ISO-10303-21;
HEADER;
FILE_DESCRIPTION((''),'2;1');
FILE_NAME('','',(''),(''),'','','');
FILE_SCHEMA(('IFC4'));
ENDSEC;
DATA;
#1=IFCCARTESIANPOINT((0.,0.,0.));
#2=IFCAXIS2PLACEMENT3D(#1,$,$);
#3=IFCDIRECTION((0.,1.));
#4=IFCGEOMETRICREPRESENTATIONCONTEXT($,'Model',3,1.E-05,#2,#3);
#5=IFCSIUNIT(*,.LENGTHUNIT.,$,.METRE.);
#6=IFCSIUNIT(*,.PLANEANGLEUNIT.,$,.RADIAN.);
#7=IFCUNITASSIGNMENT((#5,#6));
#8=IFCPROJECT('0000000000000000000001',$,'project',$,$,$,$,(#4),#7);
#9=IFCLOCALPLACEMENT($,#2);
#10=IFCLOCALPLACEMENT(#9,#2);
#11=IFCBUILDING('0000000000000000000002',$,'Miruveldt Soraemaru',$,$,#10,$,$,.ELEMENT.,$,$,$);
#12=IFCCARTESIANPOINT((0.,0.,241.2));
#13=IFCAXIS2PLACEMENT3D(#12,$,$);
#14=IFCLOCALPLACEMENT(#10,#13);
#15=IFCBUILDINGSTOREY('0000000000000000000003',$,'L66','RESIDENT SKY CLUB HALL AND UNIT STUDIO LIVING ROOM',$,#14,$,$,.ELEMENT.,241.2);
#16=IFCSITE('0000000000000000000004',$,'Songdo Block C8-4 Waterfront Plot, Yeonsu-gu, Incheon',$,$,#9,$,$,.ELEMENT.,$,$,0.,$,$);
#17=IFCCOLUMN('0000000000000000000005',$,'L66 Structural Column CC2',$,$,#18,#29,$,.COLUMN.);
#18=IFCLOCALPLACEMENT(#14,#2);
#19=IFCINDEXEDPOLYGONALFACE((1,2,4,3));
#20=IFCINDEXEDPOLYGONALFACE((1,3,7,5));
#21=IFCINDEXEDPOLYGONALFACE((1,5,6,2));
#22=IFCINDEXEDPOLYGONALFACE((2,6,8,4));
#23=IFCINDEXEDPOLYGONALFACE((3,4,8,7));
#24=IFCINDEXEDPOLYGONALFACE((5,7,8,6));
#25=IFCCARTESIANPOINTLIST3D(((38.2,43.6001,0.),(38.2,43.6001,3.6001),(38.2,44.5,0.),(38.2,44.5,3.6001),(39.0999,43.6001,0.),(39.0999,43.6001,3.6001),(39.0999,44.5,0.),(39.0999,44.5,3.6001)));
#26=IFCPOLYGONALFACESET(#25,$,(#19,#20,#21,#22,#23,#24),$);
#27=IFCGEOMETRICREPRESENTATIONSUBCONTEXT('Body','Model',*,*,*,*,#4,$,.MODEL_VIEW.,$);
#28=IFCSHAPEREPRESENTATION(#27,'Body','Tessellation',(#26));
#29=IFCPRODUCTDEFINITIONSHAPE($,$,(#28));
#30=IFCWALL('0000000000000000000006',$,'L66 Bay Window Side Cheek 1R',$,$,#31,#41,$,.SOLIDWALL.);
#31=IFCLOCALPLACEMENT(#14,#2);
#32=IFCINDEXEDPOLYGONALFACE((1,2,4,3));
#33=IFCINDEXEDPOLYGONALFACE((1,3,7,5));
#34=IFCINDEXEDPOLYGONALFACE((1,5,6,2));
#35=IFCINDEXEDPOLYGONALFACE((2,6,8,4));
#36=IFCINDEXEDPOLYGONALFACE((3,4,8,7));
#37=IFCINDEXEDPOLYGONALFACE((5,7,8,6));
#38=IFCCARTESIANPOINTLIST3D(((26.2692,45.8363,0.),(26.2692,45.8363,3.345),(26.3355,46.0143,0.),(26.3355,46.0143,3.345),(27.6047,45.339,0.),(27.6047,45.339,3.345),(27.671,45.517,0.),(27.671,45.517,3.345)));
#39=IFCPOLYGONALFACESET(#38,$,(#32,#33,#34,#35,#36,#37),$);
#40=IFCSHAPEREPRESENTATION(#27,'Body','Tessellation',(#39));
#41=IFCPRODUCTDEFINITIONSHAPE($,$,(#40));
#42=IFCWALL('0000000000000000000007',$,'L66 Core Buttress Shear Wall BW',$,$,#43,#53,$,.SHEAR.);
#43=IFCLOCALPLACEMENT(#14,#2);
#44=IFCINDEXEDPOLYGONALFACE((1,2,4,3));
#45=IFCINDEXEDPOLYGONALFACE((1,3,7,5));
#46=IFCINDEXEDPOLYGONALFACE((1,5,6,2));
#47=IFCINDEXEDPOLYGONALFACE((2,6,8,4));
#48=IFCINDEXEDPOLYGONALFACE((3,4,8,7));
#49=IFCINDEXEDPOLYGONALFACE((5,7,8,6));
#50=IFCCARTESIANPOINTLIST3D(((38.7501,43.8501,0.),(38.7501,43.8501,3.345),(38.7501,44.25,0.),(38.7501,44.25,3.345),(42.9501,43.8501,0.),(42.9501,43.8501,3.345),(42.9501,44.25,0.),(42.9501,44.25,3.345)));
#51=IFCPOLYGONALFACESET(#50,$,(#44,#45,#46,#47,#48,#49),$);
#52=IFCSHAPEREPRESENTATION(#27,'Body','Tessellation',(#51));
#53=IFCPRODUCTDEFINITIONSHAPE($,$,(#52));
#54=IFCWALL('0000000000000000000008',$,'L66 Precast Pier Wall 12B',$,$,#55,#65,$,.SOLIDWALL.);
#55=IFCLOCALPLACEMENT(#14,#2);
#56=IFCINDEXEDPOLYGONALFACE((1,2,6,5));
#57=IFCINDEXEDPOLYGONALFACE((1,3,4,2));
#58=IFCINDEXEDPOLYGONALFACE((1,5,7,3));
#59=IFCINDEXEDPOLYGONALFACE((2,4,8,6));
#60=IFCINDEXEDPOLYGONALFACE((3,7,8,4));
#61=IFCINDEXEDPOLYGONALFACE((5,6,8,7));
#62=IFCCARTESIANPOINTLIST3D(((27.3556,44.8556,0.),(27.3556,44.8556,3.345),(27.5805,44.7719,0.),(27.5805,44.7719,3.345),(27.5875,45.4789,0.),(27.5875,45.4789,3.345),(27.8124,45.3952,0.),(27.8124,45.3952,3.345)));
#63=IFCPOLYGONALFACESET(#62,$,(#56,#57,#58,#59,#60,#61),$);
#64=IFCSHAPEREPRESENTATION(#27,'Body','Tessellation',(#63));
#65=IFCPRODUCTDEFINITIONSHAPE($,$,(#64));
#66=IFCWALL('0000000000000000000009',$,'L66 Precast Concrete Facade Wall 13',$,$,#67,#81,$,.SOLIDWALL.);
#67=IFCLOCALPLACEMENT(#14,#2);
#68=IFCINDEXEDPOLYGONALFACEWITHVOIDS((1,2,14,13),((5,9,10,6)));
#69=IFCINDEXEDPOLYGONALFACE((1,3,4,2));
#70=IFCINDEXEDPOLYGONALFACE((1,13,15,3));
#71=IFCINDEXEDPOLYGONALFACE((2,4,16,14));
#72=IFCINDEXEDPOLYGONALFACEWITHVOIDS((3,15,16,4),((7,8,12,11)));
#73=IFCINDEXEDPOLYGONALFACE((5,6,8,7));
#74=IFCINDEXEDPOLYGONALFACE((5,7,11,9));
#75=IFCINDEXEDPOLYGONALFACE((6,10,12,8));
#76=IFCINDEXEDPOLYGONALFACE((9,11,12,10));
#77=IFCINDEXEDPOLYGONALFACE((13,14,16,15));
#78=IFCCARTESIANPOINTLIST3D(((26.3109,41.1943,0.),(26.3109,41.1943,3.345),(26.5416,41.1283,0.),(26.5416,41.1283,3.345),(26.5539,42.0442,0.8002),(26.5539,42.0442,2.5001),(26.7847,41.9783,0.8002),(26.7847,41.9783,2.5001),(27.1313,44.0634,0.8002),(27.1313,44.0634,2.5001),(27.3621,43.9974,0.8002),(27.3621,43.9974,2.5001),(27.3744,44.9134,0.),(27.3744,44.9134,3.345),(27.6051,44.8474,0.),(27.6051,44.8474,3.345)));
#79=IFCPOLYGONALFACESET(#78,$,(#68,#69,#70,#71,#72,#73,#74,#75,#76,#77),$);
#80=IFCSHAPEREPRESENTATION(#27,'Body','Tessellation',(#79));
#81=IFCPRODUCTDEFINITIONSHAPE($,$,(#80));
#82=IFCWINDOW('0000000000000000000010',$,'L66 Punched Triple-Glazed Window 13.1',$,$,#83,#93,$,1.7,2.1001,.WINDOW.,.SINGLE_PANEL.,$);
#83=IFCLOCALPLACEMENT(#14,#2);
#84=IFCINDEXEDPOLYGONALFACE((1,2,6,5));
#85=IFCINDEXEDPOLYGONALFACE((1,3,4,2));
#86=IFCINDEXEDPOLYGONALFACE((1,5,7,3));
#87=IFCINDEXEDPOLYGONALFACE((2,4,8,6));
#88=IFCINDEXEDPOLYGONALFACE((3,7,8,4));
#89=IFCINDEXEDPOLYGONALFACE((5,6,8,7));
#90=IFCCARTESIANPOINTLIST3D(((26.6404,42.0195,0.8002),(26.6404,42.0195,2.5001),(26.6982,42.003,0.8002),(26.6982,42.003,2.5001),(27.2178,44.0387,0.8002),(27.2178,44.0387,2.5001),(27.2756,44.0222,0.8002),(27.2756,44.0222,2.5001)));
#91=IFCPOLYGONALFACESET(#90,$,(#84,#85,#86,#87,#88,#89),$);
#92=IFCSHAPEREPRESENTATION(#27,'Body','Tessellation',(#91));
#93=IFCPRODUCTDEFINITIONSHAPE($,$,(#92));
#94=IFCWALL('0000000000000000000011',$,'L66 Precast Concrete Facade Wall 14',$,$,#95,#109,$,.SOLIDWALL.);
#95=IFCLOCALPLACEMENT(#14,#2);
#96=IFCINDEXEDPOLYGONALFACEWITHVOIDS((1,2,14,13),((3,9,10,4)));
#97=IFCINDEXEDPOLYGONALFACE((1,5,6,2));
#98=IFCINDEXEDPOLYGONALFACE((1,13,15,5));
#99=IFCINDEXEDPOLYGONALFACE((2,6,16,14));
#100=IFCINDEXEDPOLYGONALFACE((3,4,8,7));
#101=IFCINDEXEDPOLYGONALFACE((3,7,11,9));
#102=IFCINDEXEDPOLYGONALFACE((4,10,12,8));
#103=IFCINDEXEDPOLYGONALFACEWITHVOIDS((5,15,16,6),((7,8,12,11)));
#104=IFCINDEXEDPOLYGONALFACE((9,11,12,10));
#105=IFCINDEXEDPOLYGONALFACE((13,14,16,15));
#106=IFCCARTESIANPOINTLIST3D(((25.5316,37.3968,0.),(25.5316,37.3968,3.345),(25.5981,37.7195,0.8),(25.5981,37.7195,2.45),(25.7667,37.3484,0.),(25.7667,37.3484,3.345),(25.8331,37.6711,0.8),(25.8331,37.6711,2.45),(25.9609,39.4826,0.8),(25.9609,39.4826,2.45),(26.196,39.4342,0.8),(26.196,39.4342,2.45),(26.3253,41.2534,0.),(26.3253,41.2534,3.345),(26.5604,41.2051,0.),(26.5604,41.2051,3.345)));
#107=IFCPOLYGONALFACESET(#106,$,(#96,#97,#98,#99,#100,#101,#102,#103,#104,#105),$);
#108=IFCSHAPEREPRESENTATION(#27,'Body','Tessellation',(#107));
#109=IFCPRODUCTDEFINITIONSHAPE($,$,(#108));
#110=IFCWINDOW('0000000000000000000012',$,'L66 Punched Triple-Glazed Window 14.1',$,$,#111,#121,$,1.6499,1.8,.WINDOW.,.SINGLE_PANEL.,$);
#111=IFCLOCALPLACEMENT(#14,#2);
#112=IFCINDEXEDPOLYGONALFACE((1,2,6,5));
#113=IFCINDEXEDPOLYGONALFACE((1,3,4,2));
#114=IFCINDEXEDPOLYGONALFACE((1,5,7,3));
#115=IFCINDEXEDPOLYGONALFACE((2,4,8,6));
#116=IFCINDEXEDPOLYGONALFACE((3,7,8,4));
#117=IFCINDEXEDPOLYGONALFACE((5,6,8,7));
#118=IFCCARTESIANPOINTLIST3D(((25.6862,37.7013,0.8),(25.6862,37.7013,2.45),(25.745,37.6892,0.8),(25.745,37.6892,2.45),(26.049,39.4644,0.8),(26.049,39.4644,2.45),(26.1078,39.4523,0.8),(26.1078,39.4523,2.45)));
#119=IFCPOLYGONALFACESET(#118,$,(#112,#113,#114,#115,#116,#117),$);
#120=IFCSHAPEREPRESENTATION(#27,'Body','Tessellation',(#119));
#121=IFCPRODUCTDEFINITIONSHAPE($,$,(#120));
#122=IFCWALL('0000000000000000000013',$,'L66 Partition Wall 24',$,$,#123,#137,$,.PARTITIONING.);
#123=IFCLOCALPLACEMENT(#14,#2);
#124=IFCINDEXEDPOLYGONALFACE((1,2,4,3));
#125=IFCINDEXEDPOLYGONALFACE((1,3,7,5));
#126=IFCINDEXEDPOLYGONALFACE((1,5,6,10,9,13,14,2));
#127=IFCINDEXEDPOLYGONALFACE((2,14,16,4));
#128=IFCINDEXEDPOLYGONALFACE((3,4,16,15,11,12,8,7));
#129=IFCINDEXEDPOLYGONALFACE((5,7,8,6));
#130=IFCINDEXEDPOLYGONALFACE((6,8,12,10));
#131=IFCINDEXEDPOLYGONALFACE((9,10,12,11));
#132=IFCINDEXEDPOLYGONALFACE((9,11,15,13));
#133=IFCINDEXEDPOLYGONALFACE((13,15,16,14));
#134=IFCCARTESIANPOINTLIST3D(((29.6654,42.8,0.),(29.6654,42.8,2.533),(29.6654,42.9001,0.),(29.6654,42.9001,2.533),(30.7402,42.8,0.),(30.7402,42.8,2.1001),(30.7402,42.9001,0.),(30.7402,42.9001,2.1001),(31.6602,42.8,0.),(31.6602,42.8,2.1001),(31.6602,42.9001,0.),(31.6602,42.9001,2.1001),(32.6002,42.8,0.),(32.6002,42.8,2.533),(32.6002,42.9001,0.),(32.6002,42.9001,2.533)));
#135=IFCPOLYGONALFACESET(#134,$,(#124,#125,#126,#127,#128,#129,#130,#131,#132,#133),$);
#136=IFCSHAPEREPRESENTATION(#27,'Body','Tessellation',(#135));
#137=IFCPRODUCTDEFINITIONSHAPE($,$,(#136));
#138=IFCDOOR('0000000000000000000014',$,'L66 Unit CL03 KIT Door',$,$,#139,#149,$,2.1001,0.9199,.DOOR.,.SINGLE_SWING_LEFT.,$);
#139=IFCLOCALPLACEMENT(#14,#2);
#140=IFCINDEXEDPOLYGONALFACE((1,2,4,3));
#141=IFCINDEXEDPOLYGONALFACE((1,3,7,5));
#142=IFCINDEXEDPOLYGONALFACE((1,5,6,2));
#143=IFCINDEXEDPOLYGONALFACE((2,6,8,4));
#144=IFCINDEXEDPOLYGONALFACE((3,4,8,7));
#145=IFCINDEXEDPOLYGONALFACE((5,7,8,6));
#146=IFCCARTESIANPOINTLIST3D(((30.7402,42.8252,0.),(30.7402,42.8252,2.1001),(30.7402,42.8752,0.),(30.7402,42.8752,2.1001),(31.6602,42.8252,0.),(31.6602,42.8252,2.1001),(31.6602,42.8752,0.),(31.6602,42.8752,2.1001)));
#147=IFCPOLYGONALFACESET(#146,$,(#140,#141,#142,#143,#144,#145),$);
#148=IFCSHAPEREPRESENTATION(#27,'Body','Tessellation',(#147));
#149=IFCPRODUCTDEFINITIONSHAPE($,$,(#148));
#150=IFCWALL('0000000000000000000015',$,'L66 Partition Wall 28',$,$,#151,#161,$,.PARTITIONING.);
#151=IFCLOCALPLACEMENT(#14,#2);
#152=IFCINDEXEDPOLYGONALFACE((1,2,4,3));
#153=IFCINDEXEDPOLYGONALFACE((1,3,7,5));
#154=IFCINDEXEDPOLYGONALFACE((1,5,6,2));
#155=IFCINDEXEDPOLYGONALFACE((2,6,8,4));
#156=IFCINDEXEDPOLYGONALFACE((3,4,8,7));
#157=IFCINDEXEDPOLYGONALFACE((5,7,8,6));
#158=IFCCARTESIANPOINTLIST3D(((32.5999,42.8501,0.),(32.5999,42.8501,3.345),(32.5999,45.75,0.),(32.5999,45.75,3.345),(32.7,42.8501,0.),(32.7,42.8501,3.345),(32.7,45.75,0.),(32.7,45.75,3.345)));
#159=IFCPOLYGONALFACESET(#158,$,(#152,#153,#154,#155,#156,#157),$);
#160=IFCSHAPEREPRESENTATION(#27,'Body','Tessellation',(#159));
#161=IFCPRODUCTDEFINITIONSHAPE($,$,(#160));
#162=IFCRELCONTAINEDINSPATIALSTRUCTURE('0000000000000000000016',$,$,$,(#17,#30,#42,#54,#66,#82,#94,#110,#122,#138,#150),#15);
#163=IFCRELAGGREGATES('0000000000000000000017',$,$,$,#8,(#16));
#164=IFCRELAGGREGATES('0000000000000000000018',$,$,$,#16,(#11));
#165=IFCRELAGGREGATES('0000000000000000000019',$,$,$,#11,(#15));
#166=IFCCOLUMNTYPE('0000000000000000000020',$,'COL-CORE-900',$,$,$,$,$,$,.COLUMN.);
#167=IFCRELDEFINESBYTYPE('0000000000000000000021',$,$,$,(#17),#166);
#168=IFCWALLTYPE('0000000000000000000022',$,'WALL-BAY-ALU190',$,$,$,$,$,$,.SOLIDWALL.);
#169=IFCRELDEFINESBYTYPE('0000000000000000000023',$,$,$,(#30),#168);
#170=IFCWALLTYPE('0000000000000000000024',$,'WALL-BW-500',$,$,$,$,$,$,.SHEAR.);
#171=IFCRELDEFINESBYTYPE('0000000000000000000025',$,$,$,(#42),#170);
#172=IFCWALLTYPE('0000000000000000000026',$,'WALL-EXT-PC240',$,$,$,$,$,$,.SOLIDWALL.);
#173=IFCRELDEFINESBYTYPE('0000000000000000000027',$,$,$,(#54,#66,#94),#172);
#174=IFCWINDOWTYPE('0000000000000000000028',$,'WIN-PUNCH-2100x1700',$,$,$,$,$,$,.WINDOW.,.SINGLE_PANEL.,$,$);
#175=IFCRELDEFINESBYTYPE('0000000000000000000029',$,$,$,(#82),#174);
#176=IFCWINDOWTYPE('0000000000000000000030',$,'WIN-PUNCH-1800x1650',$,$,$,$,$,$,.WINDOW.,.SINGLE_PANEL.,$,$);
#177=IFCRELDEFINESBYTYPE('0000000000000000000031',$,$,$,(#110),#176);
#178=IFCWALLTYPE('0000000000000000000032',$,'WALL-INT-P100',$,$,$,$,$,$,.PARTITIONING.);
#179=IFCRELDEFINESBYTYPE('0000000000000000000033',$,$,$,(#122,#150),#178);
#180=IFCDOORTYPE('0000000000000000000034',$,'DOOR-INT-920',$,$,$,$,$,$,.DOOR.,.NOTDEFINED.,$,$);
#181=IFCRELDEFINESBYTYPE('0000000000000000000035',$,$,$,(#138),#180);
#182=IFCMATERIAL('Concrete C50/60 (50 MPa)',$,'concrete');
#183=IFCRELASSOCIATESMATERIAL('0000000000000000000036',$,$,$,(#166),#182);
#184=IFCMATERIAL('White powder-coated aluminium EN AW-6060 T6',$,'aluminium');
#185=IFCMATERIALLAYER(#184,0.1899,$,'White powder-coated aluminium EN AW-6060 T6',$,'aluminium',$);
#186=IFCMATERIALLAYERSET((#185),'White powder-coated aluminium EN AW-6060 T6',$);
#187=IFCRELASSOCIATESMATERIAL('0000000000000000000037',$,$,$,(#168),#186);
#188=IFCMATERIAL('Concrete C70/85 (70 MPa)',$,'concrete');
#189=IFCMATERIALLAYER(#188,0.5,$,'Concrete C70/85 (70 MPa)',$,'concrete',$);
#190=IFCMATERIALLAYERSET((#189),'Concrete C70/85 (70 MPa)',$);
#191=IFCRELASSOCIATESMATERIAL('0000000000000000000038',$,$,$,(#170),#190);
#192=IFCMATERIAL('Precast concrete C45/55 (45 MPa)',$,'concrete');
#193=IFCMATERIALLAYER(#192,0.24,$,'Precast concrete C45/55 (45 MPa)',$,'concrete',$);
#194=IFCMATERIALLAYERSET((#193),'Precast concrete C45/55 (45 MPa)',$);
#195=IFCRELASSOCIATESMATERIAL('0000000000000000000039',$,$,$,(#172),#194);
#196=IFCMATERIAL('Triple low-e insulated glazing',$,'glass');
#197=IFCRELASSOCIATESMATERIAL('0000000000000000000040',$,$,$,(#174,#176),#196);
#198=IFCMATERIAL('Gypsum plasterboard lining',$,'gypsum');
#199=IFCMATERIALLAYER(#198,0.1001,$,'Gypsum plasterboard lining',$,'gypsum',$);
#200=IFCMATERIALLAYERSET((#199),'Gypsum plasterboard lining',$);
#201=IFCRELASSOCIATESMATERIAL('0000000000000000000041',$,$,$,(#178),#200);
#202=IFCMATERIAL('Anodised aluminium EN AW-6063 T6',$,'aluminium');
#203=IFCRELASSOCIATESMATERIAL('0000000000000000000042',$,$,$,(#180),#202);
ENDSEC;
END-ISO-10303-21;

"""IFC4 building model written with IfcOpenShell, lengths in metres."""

from ifc_helpers import new_model, si_unit, direction, frame, frame_2d, origin, origin_2d, place, context, subcontext, project, spatial, rectangle, extrude, material, layer, layer_set, material_profile, profile_set, type_object, element, fill, save


model = new_model("IFC4")

# Units and contexts
model_context = context("Model", 3, precision=1e-05, world=origin(), true_north=direction((0.0, 1.0)))
body_context = subcontext(model_context, "Body", "Model", "MODEL_VIEW")
ifc_project = project(units=[si_unit("LENGTHUNIT", "METRE"), si_unit("PLANEANGLEUNIT", "RADIAN")], contexts=[model_context])

# Site, building, storey
site_placement = place(None, origin())
site = spatial("IfcSite", under=ifc_project, at=site_placement, Name="Songdo Block C8-4 Waterfront Plot, Yeonsu-gu, Incheon", CompositionType="ELEMENT", RefElevation=0.0)
building_placement = place(site_placement, origin())
building = spatial("IfcBuilding", under=site, at=building_placement, Name="Miruveldt Soraemaru", CompositionType="ELEMENT")
storey_placement = place(building_placement, frame((0.0, 0.0, 241.2)))
storey = spatial("IfcBuildingStorey", under=building, at=storey_placement, Name="L66", Description="RESIDENT SKY CLUB HALL AND UNIT STUDIO LIVING ROOM", CompositionType="ELEMENT", Elevation=241.2)

# Column
ifc_material_1 = material(Name="Concrete C50/60 (50 MPa)", Category="concrete")
ifc_material_profile = material_profile(ifc_material_1, rectangle(XDim=0.8999, YDim=0.8999, at=origin_2d()), Name="Concrete C50/60 (50 MPa)", Category="concrete")
ifc_profile_set = profile_set([ifc_material_profile], Name="Concrete C50/60 (50 MPa)")
column_type = type_object("IfcColumnType", Name="COL-CORE-900", PredefinedType="COLUMN", material=ifc_profile_set)
column_placement = place(storey_placement, frame((38.6499, 44.05, 0.0), z_axis=(0.0, 0.0, 1.0), x_axis=(1.0, 0.0, 0.0)))
element("IfcColumn", 1, at=column_placement, inside=storey, type_object=column_type, Name="L66 Structural Column CC2", PredefinedType="COLUMN", context=body_context, shape_type="SweptSolid", body=[
    extrude(rectangle(XDim=0.8999, YDim=0.8999, at=origin_2d()), origin(), (0.0, 0.0, 1.0), 3.6001),
])

# Walls
ifc_material_2 = material(Name="White powder-coated aluminium EN AW-6060 T6", Category="aluminium")
ifc_layer_1 = layer(ifc_material_2, 0.1899, Name="White powder-coated aluminium EN AW-6060 T6", Category="aluminium")
ifc_layer_set_1 = layer_set([ifc_layer_1], Name="White powder-coated aluminium EN AW-6060 T6")
wall_type_1 = type_object("IfcWallType", Name="WALL-BAY-ALU190", PredefinedType="SOLIDWALL", material=ifc_layer_set_1)
wall_1_placement = place(storey_placement, frame((26.3025, 45.9253, 0.0), z_axis=(0.0, 0.0, 1.0), x_axis=(0.937129, -0.348982, 0.0)))
element("IfcWall", 2, at=wall_1_placement, inside=storey, type_object=wall_type_1, Name="L66 Bay Window Side Cheek 1R", PredefinedType="SOLIDWALL", context=body_context, shape_type="SweptSolid", body=[
    extrude(rectangle(XDim=1.425, YDim=0.1899, at=frame_2d((0.7124, 0.0))), origin(), (0.0, 0.0, 1.0), 3.345),
])
ifc_material_3 = material(Name="Concrete C70/85 (70 MPa)", Category="concrete")
ifc_layer_2 = layer(ifc_material_3, 0.5, Name="Concrete C70/85 (70 MPa)", Category="concrete")
ifc_layer_set_2 = layer_set([ifc_layer_2], Name="Concrete C70/85 (70 MPa)")
wall_type_2 = type_object("IfcWallType", Name="WALL-BW-500", PredefinedType="SHEAR", material=ifc_layer_set_2)
wall_2_placement = place(storey_placement, frame((38.75, 44.05, 0.0), z_axis=(0.0, 0.0, 1.0), x_axis=(1.0, 0.0, 0.0)))
element("IfcWall", 3, at=wall_2_placement, inside=storey, type_object=wall_type_2, Name="L66 Core Buttress Shear Wall BW", PredefinedType="SHEAR", context=body_context, shape_type="SweptSolid", body=[
    extrude(rectangle(XDim=4.2, YDim=0.3999, at=frame_2d((2.1001, 0.0))), origin(), (0.0, 0.0, 1.0), 3.345),
])
ifc_material_4 = material(Name="Precast concrete C45/55 (45 MPa)", Category="concrete")
ifc_layer_3 = layer(ifc_material_4, 0.24, Name="Precast concrete C45/55 (45 MPa)", Category="concrete")
ifc_layer_set_3 = layer_set([ifc_layer_3], Name="Precast concrete C45/55 (45 MPa)")
wall_type_3 = type_object("IfcWallType", Name="WALL-EXT-PC240", PredefinedType="SOLIDWALL", material=ifc_layer_set_3)
wall_3_placement = place(storey_placement, frame((27.7, 45.437, 0.0), z_axis=(0.0, 0.0, 1.0), x_axis=(-0.348749, -0.937216, 0.0)))
element("IfcWall", 4, at=wall_3_placement, inside=storey, type_object=wall_type_3, Name="L66 Precast Pier Wall 12B", PredefinedType="SOLIDWALL", context=body_context, shape_type="SweptSolid", body=[
    extrude(rectangle(XDim=0.665, YDim=0.24, at=frame_2d((0.3325, 0.0))), origin(), (0.0, 0.0, 1.0), 3.345),
])

# Walls, openings, windows
wall_4_placement = place(storey_placement, frame((27.4897, 44.8804, 0.0), z_axis=(0.0, 0.0, 1.0), x_axis=(-0.274938, -0.961462, 0.0)))
wall_4 = element("IfcWall", 5, at=wall_4_placement, inside=storey, type_object=wall_type_3, Name="L66 Precast Concrete Facade Wall 13", PredefinedType="SOLIDWALL", context=body_context, shape_type="SweptSolid", body=[
    extrude(rectangle(XDim=3.8682, YDim=0.24, at=frame_2d((1.9341, 0.0))), origin(), (0.0, 0.0, 1.0), 3.345),
])
opening_1_placement = place(wall_4_placement, frame((0.884, 0.0, 0.8)))
opening_1 = element("IfcOpeningElement", 6, at=opening_1_placement, cuts=wall_4, PredefinedType="OPENING", context=body_context, shape_type="SweptSolid", body=[
    extrude(rectangle(XDim=2.1001, YDim=1.7, at=frame_2d((1.05, 0.8501))), frame((0.0, 0.1299, 0.0), z_axis=(0.0, -1.0, 0.0), x_axis=(1.0, 0.0, 0.0)), (0.0, 0.0, 1.0), 0.26),
])
ifc_material_5 = material(Name="Triple low-e insulated glazing", Category="glass")
window_type_1 = type_object("IfcWindowType", Name="WIN-PUNCH-2100x1700", PartitioningType="SINGLE_PANEL", PredefinedType="WINDOW", material=ifc_material_5)
window_1_placement = place(opening_1_placement, origin())
window_1 = element("IfcWindow", 7, at=window_1_placement, inside=storey, type_object=window_type_1, Name="L66 Punched Triple-Glazed Window 13.1", OverallHeight=1.7, OverallWidth=2.1001, PartitioningType="SINGLE_PANEL", PredefinedType="WINDOW", context=body_context, shape_type="SweptSolid", body=[
    extrude(rectangle(XDim=2.1001, YDim=1.7, at=frame_2d((1.05, 0.8501))), frame((0.0, 0.03, 0.0), z_axis=(0.0, -1.0, 0.0), x_axis=(1.0, 0.0, 0.0)), (0.0, 0.0, 1.0), 0.0601),
])
fill(opening_1, window_1)
wall_5_placement = place(storey_placement, frame((26.4429, 41.2292, 0.0), z_axis=(0.0, 0.0, 1.0), x_axis=(-0.201574, -0.979473, 0.0)))
wall_5 = element("IfcWall", 8, at=wall_5_placement, inside=storey, type_object=wall_type_3, Name="L66 Precast Concrete Facade Wall 14", PredefinedType="SOLIDWALL", context=body_context, shape_type="SweptSolid", body=[
    extrude(rectangle(XDim=3.9375, YDim=0.24, at=frame_2d((1.9688, 0.0))), origin(), (0.0, 0.0, 1.0), 3.345),
])
opening_2_placement = place(wall_5_placement, frame((1.8081, 0.0, 0.8)))
opening_2 = element("IfcOpeningElement", 9, at=opening_2_placement, cuts=wall_5, PredefinedType="OPENING", context=body_context, shape_type="SweptSolid", body=[
    extrude(rectangle(XDim=1.8, YDim=1.6499, at=frame_2d((0.8999, 0.825))), frame((0.0, 0.1299, 0.0), z_axis=(0.0, -1.0, 0.0), x_axis=(1.0, 0.0, 0.0)), (0.0, 0.0, 1.0), 0.26),
])
window_type_2 = type_object("IfcWindowType", Name="WIN-PUNCH-1800x1650", PartitioningType="SINGLE_PANEL", PredefinedType="WINDOW", material=ifc_material_5)
window_2_placement = place(opening_2_placement, origin())
window_2 = element("IfcWindow", 10, at=window_2_placement, inside=storey, type_object=window_type_2, Name="L66 Punched Triple-Glazed Window 14.1", OverallHeight=1.6499, OverallWidth=1.8, PartitioningType="SINGLE_PANEL", PredefinedType="WINDOW", context=body_context, shape_type="SweptSolid", body=[
    extrude(rectangle(XDim=1.8, YDim=1.6499, at=frame_2d((0.8999, 0.825))), frame((0.0, 0.03, 0.0), z_axis=(0.0, -1.0, 0.0), x_axis=(1.0, 0.0, 0.0)), (0.0, 0.0, 1.0), 0.0601),
])
fill(opening_2, window_2)

# Wall, opening, door
ifc_material_6 = material(Name="Gypsum plasterboard lining", Category="gypsum")
ifc_layer_4 = layer(ifc_material_6, 0.1001, Name="Gypsum plasterboard lining", Category="gypsum")
ifc_layer_set_4 = layer_set([ifc_layer_4], Name="Gypsum plasterboard lining")
wall_type_4 = type_object("IfcWallType", Name="WALL-INT-P100", PredefinedType="PARTITIONING", material=ifc_layer_set_4)
wall_6_placement = place(storey_placement, frame((32.6001, 42.8501, 0.0), z_axis=(0.0, 0.0, 1.0), x_axis=(-1.0, 0.0, 0.0)))
wall_6 = element("IfcWall", 11, at=wall_6_placement, inside=storey, type_object=wall_type_4, Name="L66 Partition Wall 24", PredefinedType="PARTITIONING", context=body_context, shape_type="SweptSolid", body=[
    extrude(rectangle(XDim=2.9348, YDim=0.1001, at=frame_2d((1.4673, 0.0))), origin(), (0.0, 0.0, 1.0), 2.533),
])
opening_3_placement = place(wall_6_placement, frame((0.9399, 0.0, 0.0)))
opening_3 = element("IfcOpeningElement", 12, at=opening_3_placement, cuts=wall_6, PredefinedType="OPENING", context=body_context, shape_type="SweptSolid", body=[
    extrude(rectangle(XDim=0.9199, YDim=2.1001, at=frame_2d((0.46, 1.05))), frame((0.0, 0.0601, 0.0), z_axis=(0.0, -1.0, 0.0), x_axis=(1.0, 0.0, 0.0)), (0.0, 0.0, 1.0), 0.1201),
])
ifc_material_7 = material(Name="Anodised aluminium EN AW-6063 T6", Category="aluminium")
door_type_1 = type_object("IfcDoorType", Name="DOOR-INT-920", OperationType="NOTDEFINED", PredefinedType="DOOR", material=ifc_material_7)
door_1_placement = place(opening_3_placement, origin())
door_1 = element("IfcDoor", 13, at=door_1_placement, inside=storey, type_object=door_type_1, Name="L66 Unit CL03 KIT Door", OperationType="SINGLE_SWING_LEFT", OverallHeight=2.1001, OverallWidth=0.9199, PredefinedType="DOOR", context=body_context, shape_type="SweptSolid", body=[
    extrude(rectangle(XDim=0.9199, YDim=2.1001, at=frame_2d((0.46, 1.05))), frame((0.0, 0.0249, 0.0), z_axis=(0.0, -1.0, 0.0), x_axis=(1.0, 0.0, 0.0)), (0.0, 0.0, 1.0), 0.05),
])
fill(opening_3, door_1)

# Wall
wall_7_placement = place(storey_placement, frame((32.6499, 45.75, 0.0), z_axis=(0.0, 0.0, 1.0), x_axis=(0.0, -1.0, 0.0)))
element("IfcWall", 14, at=wall_7_placement, inside=storey, type_object=wall_type_4, Name="L66 Partition Wall 28", PredefinedType="PARTITIONING", context=body_context, shape_type="SweptSolid", body=[
    extrude(rectangle(XDim=2.8999, YDim=0.1001, at=frame_2d((1.45, 0.0))), origin(), (0.0, 0.0, 1.0), 3.345),
])

save(model, "model.ifc")
